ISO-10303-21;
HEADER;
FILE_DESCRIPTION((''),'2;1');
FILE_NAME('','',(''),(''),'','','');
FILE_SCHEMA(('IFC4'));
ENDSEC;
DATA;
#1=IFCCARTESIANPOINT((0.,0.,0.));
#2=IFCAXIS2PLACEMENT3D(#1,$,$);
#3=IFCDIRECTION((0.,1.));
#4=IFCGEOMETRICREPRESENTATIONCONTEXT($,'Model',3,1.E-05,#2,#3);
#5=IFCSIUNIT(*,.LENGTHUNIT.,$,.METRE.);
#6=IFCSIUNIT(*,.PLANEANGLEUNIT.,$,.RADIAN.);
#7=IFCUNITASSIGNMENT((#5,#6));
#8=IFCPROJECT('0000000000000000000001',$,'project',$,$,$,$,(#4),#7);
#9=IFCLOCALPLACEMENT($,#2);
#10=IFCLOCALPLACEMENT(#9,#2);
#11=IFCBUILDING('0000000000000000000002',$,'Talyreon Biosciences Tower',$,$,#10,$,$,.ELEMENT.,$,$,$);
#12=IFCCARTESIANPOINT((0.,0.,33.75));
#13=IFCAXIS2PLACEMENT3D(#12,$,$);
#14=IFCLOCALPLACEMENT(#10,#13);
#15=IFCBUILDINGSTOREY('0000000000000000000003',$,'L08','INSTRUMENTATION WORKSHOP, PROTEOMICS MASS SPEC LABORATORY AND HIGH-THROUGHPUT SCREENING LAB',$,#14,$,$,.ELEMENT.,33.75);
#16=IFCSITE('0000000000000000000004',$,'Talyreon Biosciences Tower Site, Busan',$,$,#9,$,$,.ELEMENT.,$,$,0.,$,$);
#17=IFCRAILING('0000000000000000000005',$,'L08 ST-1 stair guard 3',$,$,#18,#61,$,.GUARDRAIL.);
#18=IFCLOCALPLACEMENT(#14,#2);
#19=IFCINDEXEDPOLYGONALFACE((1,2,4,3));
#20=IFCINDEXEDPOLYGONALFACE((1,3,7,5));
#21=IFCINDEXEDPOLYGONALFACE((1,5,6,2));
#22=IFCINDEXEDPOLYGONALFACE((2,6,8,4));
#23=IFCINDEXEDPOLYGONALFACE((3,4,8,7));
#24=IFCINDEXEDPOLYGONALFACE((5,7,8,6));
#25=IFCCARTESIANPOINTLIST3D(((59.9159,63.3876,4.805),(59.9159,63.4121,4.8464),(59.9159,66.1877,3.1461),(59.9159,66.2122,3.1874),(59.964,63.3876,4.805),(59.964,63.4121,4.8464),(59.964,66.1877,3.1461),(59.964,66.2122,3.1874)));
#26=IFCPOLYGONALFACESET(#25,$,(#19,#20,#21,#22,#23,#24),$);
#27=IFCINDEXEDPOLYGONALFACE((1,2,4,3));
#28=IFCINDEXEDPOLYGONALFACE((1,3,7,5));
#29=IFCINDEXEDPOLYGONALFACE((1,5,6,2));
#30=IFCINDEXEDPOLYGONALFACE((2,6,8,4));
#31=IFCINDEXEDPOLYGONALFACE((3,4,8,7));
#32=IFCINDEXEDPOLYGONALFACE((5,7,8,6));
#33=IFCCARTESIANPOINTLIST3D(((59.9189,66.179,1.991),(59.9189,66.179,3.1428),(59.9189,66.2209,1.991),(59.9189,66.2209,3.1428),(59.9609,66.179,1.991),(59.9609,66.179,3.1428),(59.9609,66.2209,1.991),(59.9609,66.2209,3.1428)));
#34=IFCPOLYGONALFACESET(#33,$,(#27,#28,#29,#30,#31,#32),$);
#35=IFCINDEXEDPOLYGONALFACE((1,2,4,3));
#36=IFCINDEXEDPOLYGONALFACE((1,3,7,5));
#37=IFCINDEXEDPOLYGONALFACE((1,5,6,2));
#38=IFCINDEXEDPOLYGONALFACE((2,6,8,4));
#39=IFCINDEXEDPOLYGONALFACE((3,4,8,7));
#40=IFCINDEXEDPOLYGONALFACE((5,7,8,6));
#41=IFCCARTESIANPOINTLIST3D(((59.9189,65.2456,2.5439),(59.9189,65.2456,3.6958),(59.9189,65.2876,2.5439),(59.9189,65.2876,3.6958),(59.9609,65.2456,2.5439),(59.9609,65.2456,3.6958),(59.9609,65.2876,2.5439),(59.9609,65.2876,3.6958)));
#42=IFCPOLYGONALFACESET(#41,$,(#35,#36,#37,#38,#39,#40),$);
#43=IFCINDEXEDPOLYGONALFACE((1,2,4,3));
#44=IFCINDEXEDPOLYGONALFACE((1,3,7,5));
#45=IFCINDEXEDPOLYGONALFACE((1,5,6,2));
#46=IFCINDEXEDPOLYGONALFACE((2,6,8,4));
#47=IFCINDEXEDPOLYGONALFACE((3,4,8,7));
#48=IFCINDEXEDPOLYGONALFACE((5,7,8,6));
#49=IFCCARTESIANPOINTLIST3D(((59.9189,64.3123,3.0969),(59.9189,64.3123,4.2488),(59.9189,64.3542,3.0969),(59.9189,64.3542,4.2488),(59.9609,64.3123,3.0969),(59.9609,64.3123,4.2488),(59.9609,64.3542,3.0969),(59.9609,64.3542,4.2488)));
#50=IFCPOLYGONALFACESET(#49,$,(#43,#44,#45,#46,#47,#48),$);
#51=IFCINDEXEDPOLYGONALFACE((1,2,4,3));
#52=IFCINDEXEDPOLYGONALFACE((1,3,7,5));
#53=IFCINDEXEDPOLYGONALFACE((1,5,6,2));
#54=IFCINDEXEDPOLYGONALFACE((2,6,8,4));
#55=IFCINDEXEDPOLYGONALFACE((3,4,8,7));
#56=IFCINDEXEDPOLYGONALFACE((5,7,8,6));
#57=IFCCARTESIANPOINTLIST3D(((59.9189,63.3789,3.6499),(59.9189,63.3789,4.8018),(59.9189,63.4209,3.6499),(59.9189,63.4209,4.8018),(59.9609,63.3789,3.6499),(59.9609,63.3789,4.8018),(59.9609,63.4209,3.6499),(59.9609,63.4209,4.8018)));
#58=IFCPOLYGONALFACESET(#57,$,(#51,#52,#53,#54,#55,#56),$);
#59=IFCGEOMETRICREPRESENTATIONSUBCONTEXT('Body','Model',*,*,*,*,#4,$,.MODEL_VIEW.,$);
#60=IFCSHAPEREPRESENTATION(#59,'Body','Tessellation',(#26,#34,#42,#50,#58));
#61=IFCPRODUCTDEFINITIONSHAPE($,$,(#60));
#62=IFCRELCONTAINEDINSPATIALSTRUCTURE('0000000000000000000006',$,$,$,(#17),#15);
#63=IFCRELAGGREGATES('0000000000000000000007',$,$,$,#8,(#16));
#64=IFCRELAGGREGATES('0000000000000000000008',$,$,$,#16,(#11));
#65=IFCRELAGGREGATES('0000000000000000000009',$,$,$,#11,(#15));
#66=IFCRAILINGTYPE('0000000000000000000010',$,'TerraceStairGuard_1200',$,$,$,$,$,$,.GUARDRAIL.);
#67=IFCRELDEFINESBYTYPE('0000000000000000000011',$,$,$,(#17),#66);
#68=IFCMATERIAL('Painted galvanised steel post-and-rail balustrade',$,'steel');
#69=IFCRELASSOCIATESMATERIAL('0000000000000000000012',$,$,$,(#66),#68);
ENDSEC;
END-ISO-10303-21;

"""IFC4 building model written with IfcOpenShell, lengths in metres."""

from ifc_helpers import new_model, si_unit, direction, frame, origin, origin_2d, place, context, subcontext, project, spatial, rectangle, extrude, material, type_object, element, save


model = new_model("IFC4")

# Units and contexts
model_context = context("Model", 3, precision=1e-05, world=origin(), true_north=direction((0.0, 1.0)))
body_context = subcontext(model_context, "Body", "Model", "MODEL_VIEW")
ifc_project = project(units=[si_unit("LENGTHUNIT", "METRE"), si_unit("PLANEANGLEUNIT", "RADIAN")], contexts=[model_context])

# Site, building, storey
site_placement = place(None, origin())
site = spatial("IfcSite", under=ifc_project, at=site_placement, Name="Talyreon Biosciences Tower Site, Busan", CompositionType="ELEMENT", RefElevation=0.0)
building_placement = place(site_placement, origin())
building = spatial("IfcBuilding", under=site, at=building_placement, Name="Talyreon Biosciences Tower", CompositionType="ELEMENT")
storey_placement = place(building_placement, frame((0.0, 0.0, 33.75)))
storey = spatial("IfcBuildingStorey", under=building, at=storey_placement, Name="L08", Description="INSTRUMENTATION WORKSHOP, PROTEOMICS MASS SPEC LABORATORY AND HIGH-THROUGHPUT SCREENING LAB", CompositionType="ELEMENT", Elevation=33.75)

# Railing
ifc_material_1 = material(Name="Painted galvanised steel post-and-rail balustrade", Category="steel")
railing_type_1 = type_object("IfcRailingType", Name="TerraceStairGuard_1200", PredefinedType="GUARDRAIL", material=ifc_material_1)
railing_1_placement = place(storey_placement, frame((59.9399, 66.2, 1.991)))
element("IfcRailing", 1, at=railing_1_placement, inside=storey, type_object=railing_type_1, Name="L08 ST-1 stair guard 3", PredefinedType="GUARDRAIL", context=body_context, shape_type="SweptSolid", body=[
    extrude(rectangle(XDim=0.0481, YDim=0.0481, at=origin_2d()), frame((0.0, 0.0, 1.1758), z_axis=(0.0, -0.860339, 0.509722), x_axis=(1.0, 0.0, 0.0)), (0.0, 0.0, 1.0), 3.2546),
    extrude(rectangle(XDim=0.042, YDim=0.042, at=origin_2d()), origin(), (0.0, 0.0, 1.0), 1.1519),
    extrude(rectangle(XDim=0.042, YDim=0.042, at=origin_2d()), frame((0.0, -0.9333, 0.553)), (0.0, 0.0, 1.0), 1.1519),
    extrude(rectangle(XDim=0.042, YDim=0.042, at=origin_2d()), frame((0.0, -1.8667, 1.106)), (0.0, 0.0, 1.0), 1.1519),
    extrude(rectangle(XDim=0.042, YDim=0.042, at=origin_2d()), frame((0.0, -2.8, 1.6589)), (0.0, 0.0, 1.0), 1.1519),
])

save(model, "model.ifc")
